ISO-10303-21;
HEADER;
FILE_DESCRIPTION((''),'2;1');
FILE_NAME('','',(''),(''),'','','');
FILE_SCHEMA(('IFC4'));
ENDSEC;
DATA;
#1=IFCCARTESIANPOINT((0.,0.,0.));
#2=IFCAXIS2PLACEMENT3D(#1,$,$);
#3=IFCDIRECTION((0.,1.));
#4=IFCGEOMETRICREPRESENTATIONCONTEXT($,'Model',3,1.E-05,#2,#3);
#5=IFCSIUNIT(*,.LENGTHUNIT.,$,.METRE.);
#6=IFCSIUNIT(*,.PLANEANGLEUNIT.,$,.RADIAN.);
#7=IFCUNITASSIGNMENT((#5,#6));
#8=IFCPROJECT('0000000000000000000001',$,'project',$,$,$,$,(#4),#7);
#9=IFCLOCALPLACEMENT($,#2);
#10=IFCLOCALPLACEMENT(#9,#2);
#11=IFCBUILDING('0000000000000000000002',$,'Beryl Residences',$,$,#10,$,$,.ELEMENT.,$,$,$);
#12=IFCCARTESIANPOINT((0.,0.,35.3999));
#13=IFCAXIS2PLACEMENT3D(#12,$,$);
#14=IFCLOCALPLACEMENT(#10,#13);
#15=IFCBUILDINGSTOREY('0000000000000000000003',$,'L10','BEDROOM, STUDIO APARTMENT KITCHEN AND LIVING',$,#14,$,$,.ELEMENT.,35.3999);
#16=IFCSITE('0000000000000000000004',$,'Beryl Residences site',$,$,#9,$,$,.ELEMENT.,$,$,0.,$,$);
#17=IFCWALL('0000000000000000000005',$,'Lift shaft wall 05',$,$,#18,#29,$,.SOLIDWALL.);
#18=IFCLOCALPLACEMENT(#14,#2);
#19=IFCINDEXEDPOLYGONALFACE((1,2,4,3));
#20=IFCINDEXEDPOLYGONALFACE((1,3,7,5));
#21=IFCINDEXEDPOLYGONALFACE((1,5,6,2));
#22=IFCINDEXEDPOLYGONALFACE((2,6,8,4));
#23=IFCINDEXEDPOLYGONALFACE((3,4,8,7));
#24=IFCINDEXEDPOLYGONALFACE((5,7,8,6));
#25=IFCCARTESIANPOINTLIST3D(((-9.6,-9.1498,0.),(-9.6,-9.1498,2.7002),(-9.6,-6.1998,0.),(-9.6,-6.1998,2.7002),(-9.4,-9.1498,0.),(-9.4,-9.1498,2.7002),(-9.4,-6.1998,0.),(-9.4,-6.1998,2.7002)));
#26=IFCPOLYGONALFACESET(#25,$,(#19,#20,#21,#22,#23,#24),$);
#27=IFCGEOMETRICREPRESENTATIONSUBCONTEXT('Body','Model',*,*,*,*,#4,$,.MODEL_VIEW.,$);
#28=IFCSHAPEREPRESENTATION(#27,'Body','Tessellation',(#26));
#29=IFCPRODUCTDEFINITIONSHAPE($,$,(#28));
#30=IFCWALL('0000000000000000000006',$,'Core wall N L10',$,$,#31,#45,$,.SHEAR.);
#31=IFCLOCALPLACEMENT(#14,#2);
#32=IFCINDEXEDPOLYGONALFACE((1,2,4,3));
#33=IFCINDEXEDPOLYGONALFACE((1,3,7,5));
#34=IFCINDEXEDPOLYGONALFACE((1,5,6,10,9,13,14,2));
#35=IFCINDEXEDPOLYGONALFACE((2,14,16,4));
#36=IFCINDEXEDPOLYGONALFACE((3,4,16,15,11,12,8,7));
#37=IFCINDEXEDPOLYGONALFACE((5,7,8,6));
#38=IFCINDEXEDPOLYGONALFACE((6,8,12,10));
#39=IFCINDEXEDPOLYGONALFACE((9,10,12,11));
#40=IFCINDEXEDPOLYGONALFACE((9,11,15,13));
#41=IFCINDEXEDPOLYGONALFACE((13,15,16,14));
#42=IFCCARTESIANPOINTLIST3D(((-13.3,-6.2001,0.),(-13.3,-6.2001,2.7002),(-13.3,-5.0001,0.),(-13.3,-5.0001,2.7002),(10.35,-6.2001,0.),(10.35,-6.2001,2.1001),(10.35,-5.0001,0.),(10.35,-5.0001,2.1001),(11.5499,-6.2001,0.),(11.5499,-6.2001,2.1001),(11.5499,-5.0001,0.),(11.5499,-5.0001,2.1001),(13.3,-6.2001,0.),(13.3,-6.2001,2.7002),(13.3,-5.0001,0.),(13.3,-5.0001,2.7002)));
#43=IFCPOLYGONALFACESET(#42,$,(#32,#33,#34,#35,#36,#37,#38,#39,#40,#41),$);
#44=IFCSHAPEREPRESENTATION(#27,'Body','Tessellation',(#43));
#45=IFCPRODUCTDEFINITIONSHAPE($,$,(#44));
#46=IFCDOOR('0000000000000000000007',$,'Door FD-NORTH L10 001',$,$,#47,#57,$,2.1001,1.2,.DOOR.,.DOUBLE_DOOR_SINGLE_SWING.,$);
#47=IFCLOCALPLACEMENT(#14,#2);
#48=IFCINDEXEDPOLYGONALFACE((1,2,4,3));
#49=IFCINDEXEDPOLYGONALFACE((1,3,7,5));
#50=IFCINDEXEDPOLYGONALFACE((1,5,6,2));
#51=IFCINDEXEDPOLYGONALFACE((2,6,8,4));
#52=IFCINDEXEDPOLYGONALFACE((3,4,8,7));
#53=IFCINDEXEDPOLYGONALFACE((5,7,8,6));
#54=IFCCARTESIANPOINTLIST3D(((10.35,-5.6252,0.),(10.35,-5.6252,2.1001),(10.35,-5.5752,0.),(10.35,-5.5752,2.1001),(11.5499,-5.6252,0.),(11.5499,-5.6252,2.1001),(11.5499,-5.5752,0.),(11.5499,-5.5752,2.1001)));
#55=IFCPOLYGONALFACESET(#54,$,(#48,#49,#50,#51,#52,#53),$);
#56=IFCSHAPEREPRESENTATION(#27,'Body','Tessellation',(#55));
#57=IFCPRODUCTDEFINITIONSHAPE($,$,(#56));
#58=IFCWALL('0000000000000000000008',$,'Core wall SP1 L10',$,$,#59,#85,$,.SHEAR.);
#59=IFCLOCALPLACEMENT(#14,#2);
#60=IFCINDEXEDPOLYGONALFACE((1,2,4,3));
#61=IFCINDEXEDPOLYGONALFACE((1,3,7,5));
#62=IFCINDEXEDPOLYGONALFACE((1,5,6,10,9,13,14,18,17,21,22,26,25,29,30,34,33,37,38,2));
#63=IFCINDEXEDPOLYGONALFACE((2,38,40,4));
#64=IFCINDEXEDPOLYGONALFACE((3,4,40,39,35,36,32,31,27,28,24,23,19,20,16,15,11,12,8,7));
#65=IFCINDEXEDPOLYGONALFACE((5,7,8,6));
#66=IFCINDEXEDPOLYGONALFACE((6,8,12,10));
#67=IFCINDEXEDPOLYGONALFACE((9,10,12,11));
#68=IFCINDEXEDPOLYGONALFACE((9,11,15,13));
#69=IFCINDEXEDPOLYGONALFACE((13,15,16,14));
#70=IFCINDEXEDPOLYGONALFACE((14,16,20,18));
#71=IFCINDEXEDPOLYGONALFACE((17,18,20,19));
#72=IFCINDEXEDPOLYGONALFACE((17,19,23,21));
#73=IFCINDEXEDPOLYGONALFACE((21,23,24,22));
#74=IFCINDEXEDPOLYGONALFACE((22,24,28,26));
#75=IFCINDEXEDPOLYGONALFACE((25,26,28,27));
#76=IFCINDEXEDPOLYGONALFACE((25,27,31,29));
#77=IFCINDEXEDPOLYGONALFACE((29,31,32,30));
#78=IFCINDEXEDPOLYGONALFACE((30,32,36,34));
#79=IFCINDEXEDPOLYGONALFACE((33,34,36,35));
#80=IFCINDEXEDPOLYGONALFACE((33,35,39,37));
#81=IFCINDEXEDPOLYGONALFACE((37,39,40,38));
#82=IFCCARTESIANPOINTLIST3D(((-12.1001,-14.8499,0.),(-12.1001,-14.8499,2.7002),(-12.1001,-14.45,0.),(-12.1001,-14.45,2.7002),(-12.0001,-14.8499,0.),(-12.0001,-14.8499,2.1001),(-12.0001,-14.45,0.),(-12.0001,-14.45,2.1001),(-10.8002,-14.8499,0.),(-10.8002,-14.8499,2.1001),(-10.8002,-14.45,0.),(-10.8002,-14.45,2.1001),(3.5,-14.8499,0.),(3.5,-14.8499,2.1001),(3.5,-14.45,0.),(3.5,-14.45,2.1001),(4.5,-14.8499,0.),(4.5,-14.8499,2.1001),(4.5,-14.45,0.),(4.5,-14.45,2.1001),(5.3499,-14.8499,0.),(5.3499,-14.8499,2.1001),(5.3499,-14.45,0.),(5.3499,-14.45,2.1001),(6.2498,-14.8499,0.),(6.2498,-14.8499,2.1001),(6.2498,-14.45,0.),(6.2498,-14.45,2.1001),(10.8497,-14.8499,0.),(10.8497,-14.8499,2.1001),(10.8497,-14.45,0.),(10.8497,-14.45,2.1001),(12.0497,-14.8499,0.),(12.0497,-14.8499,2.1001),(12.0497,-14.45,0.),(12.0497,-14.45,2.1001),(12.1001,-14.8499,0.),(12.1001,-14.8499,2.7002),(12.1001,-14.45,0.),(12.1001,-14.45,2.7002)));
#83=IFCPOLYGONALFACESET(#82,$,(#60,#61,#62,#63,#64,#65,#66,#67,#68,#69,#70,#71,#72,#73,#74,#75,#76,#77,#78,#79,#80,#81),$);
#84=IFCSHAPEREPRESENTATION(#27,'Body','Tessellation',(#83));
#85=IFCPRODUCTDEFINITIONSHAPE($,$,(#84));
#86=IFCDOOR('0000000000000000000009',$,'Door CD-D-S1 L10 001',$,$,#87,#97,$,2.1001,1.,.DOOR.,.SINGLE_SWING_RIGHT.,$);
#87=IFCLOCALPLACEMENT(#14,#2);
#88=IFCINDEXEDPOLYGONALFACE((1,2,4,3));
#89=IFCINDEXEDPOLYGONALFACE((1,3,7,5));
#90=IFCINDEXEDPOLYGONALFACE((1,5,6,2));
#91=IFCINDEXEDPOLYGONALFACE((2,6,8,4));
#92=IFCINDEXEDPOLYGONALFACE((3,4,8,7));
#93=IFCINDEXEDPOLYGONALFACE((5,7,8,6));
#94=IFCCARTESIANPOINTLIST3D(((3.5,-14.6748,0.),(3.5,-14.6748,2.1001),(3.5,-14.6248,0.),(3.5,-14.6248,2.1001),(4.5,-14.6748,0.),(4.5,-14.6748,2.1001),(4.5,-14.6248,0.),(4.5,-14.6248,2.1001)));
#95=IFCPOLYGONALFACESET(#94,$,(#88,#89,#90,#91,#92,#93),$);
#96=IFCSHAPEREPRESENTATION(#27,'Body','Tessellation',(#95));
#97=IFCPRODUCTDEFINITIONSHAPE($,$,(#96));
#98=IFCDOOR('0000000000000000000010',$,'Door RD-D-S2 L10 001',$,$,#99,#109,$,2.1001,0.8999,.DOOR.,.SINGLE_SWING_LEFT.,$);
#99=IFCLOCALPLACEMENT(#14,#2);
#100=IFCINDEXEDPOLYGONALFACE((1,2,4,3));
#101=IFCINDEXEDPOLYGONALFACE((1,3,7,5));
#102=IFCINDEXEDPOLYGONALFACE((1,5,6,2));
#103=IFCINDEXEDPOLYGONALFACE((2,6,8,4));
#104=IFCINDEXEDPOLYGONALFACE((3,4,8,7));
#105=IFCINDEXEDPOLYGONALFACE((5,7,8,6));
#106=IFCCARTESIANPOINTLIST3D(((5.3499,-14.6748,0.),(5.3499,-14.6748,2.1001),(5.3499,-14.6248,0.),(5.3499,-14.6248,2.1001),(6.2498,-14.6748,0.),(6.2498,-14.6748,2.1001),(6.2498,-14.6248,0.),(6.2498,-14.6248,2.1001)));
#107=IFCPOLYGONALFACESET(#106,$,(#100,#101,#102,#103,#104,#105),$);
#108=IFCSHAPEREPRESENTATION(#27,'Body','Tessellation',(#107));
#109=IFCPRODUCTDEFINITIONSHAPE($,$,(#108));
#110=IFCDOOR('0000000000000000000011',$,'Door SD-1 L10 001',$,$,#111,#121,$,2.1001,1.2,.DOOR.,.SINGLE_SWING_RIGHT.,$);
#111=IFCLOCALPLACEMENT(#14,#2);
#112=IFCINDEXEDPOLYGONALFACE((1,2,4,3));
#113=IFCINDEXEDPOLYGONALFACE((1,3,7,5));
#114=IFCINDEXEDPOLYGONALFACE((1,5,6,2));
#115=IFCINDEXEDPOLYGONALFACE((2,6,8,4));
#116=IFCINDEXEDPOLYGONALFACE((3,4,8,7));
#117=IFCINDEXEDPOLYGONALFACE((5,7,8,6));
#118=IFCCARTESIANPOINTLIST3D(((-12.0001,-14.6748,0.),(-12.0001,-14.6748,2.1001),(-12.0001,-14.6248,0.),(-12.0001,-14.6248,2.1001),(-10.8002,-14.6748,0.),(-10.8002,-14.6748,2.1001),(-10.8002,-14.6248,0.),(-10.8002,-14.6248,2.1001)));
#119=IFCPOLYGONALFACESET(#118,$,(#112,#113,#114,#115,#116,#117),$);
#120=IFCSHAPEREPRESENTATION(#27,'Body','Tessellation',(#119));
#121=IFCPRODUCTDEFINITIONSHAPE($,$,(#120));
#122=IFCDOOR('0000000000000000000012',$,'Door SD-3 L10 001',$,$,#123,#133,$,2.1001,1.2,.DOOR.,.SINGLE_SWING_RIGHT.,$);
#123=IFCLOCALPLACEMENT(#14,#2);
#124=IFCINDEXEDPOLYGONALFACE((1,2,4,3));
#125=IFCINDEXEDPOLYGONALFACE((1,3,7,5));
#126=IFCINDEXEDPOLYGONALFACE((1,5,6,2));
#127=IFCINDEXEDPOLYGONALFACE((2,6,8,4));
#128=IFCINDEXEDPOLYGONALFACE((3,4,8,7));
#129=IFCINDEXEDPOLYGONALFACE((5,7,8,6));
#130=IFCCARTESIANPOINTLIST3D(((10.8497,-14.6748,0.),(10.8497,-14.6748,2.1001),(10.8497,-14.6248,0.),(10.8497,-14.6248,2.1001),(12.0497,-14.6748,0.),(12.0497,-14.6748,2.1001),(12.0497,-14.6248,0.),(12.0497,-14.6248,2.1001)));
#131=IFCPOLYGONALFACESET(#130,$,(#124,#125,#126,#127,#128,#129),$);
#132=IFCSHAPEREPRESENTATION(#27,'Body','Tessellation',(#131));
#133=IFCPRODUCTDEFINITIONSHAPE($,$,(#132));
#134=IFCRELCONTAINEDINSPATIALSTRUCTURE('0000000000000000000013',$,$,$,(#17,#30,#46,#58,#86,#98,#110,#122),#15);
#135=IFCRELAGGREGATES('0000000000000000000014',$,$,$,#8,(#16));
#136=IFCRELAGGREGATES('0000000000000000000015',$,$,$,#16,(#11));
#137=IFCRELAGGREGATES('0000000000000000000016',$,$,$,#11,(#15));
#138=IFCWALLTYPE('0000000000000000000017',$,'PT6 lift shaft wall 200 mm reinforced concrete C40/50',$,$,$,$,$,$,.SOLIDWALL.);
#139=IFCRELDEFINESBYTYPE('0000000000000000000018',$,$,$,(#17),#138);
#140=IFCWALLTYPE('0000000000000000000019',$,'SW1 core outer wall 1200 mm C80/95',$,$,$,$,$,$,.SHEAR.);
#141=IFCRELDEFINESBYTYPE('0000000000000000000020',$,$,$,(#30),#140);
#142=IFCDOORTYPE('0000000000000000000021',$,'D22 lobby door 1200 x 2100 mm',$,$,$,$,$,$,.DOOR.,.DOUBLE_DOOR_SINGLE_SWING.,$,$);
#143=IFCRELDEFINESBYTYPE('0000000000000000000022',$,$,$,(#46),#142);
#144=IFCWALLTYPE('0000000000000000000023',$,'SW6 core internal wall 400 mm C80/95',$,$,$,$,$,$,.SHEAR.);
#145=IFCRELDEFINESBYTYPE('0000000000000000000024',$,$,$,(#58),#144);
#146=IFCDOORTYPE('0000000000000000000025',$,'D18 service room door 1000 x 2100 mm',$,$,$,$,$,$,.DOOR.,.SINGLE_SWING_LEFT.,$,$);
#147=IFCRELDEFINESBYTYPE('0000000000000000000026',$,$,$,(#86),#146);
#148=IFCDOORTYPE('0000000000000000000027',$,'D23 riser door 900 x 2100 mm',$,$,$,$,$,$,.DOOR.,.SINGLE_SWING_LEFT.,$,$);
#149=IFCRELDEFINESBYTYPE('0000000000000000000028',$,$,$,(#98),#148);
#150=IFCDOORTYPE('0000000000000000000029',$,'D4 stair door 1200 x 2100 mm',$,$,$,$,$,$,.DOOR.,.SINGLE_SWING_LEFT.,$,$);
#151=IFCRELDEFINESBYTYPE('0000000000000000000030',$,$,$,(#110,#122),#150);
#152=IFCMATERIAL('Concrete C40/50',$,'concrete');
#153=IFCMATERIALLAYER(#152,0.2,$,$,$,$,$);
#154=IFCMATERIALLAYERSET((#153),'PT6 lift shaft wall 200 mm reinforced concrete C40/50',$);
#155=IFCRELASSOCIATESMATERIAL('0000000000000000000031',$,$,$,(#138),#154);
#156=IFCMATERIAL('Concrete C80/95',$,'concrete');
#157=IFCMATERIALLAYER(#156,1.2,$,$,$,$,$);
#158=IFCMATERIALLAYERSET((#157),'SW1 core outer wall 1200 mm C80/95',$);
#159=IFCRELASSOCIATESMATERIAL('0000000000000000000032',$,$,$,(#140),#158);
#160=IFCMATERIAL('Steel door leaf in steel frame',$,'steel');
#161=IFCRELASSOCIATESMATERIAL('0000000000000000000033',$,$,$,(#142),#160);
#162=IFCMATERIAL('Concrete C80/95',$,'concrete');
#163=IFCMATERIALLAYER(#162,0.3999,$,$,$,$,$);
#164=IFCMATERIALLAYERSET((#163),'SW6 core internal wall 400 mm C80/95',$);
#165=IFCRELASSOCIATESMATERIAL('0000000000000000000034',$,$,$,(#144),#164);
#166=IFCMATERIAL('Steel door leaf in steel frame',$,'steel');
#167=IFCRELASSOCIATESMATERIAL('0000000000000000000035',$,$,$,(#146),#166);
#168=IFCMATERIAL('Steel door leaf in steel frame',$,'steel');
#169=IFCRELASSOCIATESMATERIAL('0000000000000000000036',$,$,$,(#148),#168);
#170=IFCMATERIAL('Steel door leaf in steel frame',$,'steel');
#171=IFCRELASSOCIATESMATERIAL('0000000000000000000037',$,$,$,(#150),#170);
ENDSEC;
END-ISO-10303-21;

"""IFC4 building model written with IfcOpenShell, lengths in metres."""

from ifc_helpers import new_model, si_unit, direction, frame, frame_2d, origin, place, context, subcontext, project, spatial, rectangle, extrude, material, layer, layer_set, type_object, element, fill, save


model = new_model("IFC4")

# Units and contexts
model_context = context("Model", 3, precision=1e-05, world=origin(), true_north=direction((0.0, 1.0)))
body_context = subcontext(model_context, "Body", "Model", "MODEL_VIEW")
ifc_project = project(units=[si_unit("LENGTHUNIT", "METRE"), si_unit("PLANEANGLEUNIT", "RADIAN")], contexts=[model_context])

# Site, building, storey
site_placement = place(None, origin())
site = spatial("IfcSite", under=ifc_project, at=site_placement, Name="Beryl Residences site", CompositionType="ELEMENT", RefElevation=0.0)
building_placement = place(site_placement, origin())
building = spatial("IfcBuilding", under=site, at=building_placement, Name="Beryl Residences", CompositionType="ELEMENT")
storey_placement = place(building_placement, frame((0.0, 0.0, 35.3999)))
storey = spatial("IfcBuildingStorey", under=building, at=storey_placement, Name="L10", Description="BEDROOM, STUDIO APARTMENT KITCHEN AND LIVING", CompositionType="ELEMENT", Elevation=35.3999)

# Wall
ifc_material_1 = material(Name="Concrete C40/50", Category="concrete")
ifc_layer_1 = layer(ifc_material_1, 0.2)
ifc_layer_set_1 = layer_set([ifc_layer_1], Name="PT6 lift shaft wall 200 mm reinforced concrete C40/50")
wall_type_1 = type_object("IfcWallType", Name="PT6 lift shaft wall 200 mm reinforced concrete C40/50", PredefinedType="SOLIDWALL", material=ifc_layer_set_1)
wall_1_placement = place(storey_placement, frame((-9.5, -9.1499, 0.0), z_axis=(0.0, 0.0, 1.0), x_axis=(0.0, 1.0, 0.0)))
element("IfcWall", 1, at=wall_1_placement, inside=storey, type_object=wall_type_1, Name="Lift shaft wall 05", PredefinedType="SOLIDWALL", context=body_context, shape_type="SweptSolid", body=[
    extrude(rectangle(XDim=2.95, YDim=0.2, at=frame_2d((1.4751, 0.0))), origin(), (0.0, 0.0, 1.0), 2.7002),
])

# Wall, opening, door
ifc_material_2 = material(Name="Concrete C80/95", Category="concrete")
ifc_layer_2 = layer(ifc_material_2, 1.2)
ifc_layer_set_2 = layer_set([ifc_layer_2], Name="SW1 core outer wall 1200 mm C80/95")
wall_type_2 = type_object("IfcWallType", Name="SW1 core outer wall 1200 mm C80/95", PredefinedType="SHEAR", material=ifc_layer_set_2)
wall_2_placement = place(storey_placement, frame((-13.3, -5.6001, 0.0), z_axis=(0.0, 0.0, 1.0), x_axis=(1.0, 0.0, 0.0)))
wall_2 = element("IfcWall", 2, at=wall_2_placement, inside=storey, type_object=wall_type_2, Name="Core wall N L10", PredefinedType="SHEAR", context=body_context, shape_type="SweptSolid", body=[
    extrude(rectangle(XDim=26.6001, YDim=1.2, at=frame_2d((13.3, 0.0))), origin(), (0.0, 0.0, 1.0), 2.7002),
])
opening_1_placement = place(wall_2_placement, frame((23.6499, 0.0, 0.0)))
opening_1 = element("IfcOpeningElement", 3, at=opening_1_placement, cuts=wall_2, PredefinedType="OPENING", context=body_context, shape_type="SweptSolid", body=[
    extrude(rectangle(XDim=1.2, YDim=2.1001, at=frame_2d((0.6001, 1.05))), frame((0.0, 0.6099, 0.0), z_axis=(0.0, -1.0, 0.0), x_axis=(1.0, 0.0, 0.0)), (0.0, 0.0, 1.0), 1.22),
])
ifc_material_3 = material(Name="Steel door leaf in steel frame", Category="steel")
door_type_1 = type_object("IfcDoorType", Name="D22 lobby door 1200 x 2100 mm", OperationType="DOUBLE_DOOR_SINGLE_SWING", PredefinedType="DOOR", material=ifc_material_3)
door_1_placement = place(opening_1_placement, origin())
door_1 = element("IfcDoor", 4, at=door_1_placement, inside=storey, type_object=door_type_1, Name="Door FD-NORTH L10 001", OperationType="DOUBLE_DOOR_SINGLE_SWING", OverallHeight=2.1001, OverallWidth=1.2, PredefinedType="DOOR", context=body_context, shape_type="SweptSolid", body=[
    extrude(rectangle(XDim=1.2, YDim=2.1001, at=frame_2d((0.6001, 1.05))), frame((0.0, 0.0249, 0.0), z_axis=(0.0, -1.0, 0.0), x_axis=(1.0, 0.0, 0.0)), (0.0, 0.0, 1.0), 0.05),
])
fill(opening_1, door_1)

# Wall, openings, doors
ifc_material_4 = material(Name="Concrete C80/95", Category="concrete")
ifc_layer_3 = layer(ifc_material_4, 0.3999)
ifc_layer_set_3 = layer_set([ifc_layer_3], Name="SW6 core internal wall 400 mm C80/95")
wall_type_3 = type_object("IfcWallType", Name="SW6 core internal wall 400 mm C80/95", PredefinedType="SHEAR", material=ifc_layer_set_3)
wall_3_placement = place(storey_placement, frame((-12.1001, -14.6499, 0.0), z_axis=(0.0, 0.0, 1.0), x_axis=(1.0, 0.0, 0.0)))
wall_3 = element("IfcWall", 5, at=wall_3_placement, inside=storey, type_object=wall_type_3, Name="Core wall SP1 L10", PredefinedType="SHEAR", context=body_context, shape_type="SweptSolid", body=[
    extrude(rectangle(XDim=24.2002, YDim=0.3999, at=frame_2d((12.1001, 0.0))), origin(), (0.0, 0.0, 1.0), 2.7002),
])
opening_2_placement = place(wall_3_placement, frame((1.3, 0.0, 0.0), z_axis=(0.0, 0.0, 1.0), x_axis=(-1.0, 0.0, 0.0)))
opening_2 = element("IfcOpeningElement", 6, at=opening_2_placement, cuts=wall_3, PredefinedType="OPENING", context=body_context, shape_type="SweptSolid", body=[
    extrude(rectangle(XDim=1.2, YDim=2.1001, at=frame_2d((0.6001, 1.05))), frame((0.0, 0.21, 0.0), z_axis=(0.0, -1.0, 0.0), x_axis=(1.0, 0.0, 0.0)), (0.0, 0.0, 1.0), 0.4199),
])
opening_3_placement = place(wall_3_placement, frame((24.1499, 0.0, 0.0), z_axis=(0.0, 0.0, 1.0), x_axis=(-1.0, 0.0, 0.0)))
opening_3 = element("IfcOpeningElement", 7, at=opening_3_placement, cuts=wall_3, PredefinedType="OPENING", context=body_context, shape_type="SweptSolid", body=[
    extrude(rectangle(XDim=1.2, YDim=2.1001, at=frame_2d((0.6001, 1.05))), frame((0.0, 0.21, 0.0), z_axis=(0.0, -1.0, 0.0), x_axis=(1.0, 0.0, 0.0)), (0.0, 0.0, 1.0), 0.4199),
])
opening_4_placement = place(wall_3_placement, frame((16.6001, 0.0, 0.0), z_axis=(0.0, 0.0, 1.0), x_axis=(-1.0, 0.0, 0.0)))
opening_4 = element("IfcOpeningElement", 8, at=opening_4_placement, cuts=wall_3, PredefinedType="OPENING", context=body_context, shape_type="SweptSolid", body=[
    extrude(rectangle(XDim=1.0, YDim=2.1001, at=frame_2d((0.5, 1.05))), frame((0.0, 0.21, 0.0), z_axis=(0.0, -1.0, 0.0), x_axis=(1.0, 0.0, 0.0)), (0.0, 0.0, 1.0), 0.4199),
])
opening_5_placement = place(wall_3_placement, frame((18.3499, 0.0, 0.0), z_axis=(0.0, 0.0, 1.0), x_axis=(-1.0, 0.0, 0.0)))
opening_5 = element("IfcOpeningElement", 9, at=opening_5_placement, cuts=wall_3, PredefinedType="OPENING", context=body_context, shape_type="SweptSolid", body=[
    extrude(rectangle(XDim=0.8999, YDim=2.1001, at=frame_2d((0.45, 1.05))), frame((0.0, 0.21, 0.0), z_axis=(0.0, -1.0, 0.0), x_axis=(1.0, 0.0, 0.0)), (0.0, 0.0, 1.0), 0.4199),
])
ifc_material_5 = material(Name="Steel door leaf in steel frame", Category="steel")
door_type_2 = type_object("IfcDoorType", Name="D18 service room door 1000 x 2100 mm", OperationType="SINGLE_SWING_LEFT", PredefinedType="DOOR", material=ifc_material_5)
door_2_placement = place(opening_4_placement, origin())
door_2 = element("IfcDoor", 10, at=door_2_placement, inside=storey, type_object=door_type_2, Name="Door CD-D-S1 L10 001", OperationType="SINGLE_SWING_RIGHT", OverallHeight=2.1001, OverallWidth=1.0, PredefinedType="DOOR", context=body_context, shape_type="SweptSolid", body=[
    extrude(rectangle(XDim=1.0, YDim=2.1001, at=frame_2d((0.5, 1.05))), frame((0.0, 0.0249, 0.0), z_axis=(0.0, -1.0, 0.0), x_axis=(1.0, 0.0, 0.0)), (0.0, 0.0, 1.0), 0.05),
])
fill(opening_4, door_2)
ifc_material_6 = material(Name="Steel door leaf in steel frame", Category="steel")
door_type_3 = type_object("IfcDoorType", Name="D23 riser door 900 x 2100 mm", OperationType="SINGLE_SWING_LEFT", PredefinedType="DOOR", material=ifc_material_6)
door_3_placement = place(opening_5_placement, origin())
door_3 = element("IfcDoor", 11, at=door_3_placement, inside=storey, type_object=door_type_3, Name="Door RD-D-S2 L10 001", OperationType="SINGLE_SWING_LEFT", OverallHeight=2.1001, OverallWidth=0.8999, PredefinedType="DOOR", context=body_context, shape_type="SweptSolid", body=[
    extrude(rectangle(XDim=0.8999, YDim=2.1001, at=frame_2d((0.45, 1.05))), frame((0.0, 0.0249, 0.0), z_axis=(0.0, -1.0, 0.0), x_axis=(1.0, 0.0, 0.0)), (0.0, 0.0, 1.0), 0.05),
])
fill(opening_5, door_3)
ifc_material_7 = material(Name="Steel door leaf in steel frame", Category="steel")
door_type_4 = type_object("IfcDoorType", Name="D4 stair door 1200 x 2100 mm", OperationType="SINGLE_SWING_LEFT", PredefinedType="DOOR", material=ifc_material_7)
door_4_placement = place(opening_2_placement, origin())
door_4 = element("IfcDoor", 12, at=door_4_placement, inside=storey, type_object=door_type_4, Name="Door SD-1 L10 001", OperationType="SINGLE_SWING_RIGHT", OverallHeight=2.1001, OverallWidth=1.2, PredefinedType="DOOR", context=body_context, shape_type="SweptSolid", body=[
    extrude(rectangle(XDim=1.2, YDim=2.1001, at=frame_2d((0.6001, 1.05))), frame((0.0, 0.0249, 0.0), z_axis=(0.0, -1.0, 0.0), x_axis=(1.0, 0.0, 0.0)), (0.0, 0.0, 1.0), 0.05),
])
fill(opening_2, door_4)
door_5_placement = place(opening_3_placement, origin())
door_5 = element("IfcDoor", 13, at=door_5_placement, inside=storey, type_object=door_type_4, Name="Door SD-3 L10 001", OperationType="SINGLE_SWING_RIGHT", OverallHeight=2.1001, OverallWidth=1.2, PredefinedType="DOOR", context=body_context, shape_type="SweptSolid", body=[
    extrude(rectangle(XDim=1.2, YDim=2.1001, at=frame_2d((0.6001, 1.05))), frame((0.0, 0.0249, 0.0), z_axis=(0.0, -1.0, 0.0), x_axis=(1.0, 0.0, 0.0)), (0.0, 0.0, 1.0), 0.05),
])
fill(opening_3, door_5)

save(model, "model.ifc")
